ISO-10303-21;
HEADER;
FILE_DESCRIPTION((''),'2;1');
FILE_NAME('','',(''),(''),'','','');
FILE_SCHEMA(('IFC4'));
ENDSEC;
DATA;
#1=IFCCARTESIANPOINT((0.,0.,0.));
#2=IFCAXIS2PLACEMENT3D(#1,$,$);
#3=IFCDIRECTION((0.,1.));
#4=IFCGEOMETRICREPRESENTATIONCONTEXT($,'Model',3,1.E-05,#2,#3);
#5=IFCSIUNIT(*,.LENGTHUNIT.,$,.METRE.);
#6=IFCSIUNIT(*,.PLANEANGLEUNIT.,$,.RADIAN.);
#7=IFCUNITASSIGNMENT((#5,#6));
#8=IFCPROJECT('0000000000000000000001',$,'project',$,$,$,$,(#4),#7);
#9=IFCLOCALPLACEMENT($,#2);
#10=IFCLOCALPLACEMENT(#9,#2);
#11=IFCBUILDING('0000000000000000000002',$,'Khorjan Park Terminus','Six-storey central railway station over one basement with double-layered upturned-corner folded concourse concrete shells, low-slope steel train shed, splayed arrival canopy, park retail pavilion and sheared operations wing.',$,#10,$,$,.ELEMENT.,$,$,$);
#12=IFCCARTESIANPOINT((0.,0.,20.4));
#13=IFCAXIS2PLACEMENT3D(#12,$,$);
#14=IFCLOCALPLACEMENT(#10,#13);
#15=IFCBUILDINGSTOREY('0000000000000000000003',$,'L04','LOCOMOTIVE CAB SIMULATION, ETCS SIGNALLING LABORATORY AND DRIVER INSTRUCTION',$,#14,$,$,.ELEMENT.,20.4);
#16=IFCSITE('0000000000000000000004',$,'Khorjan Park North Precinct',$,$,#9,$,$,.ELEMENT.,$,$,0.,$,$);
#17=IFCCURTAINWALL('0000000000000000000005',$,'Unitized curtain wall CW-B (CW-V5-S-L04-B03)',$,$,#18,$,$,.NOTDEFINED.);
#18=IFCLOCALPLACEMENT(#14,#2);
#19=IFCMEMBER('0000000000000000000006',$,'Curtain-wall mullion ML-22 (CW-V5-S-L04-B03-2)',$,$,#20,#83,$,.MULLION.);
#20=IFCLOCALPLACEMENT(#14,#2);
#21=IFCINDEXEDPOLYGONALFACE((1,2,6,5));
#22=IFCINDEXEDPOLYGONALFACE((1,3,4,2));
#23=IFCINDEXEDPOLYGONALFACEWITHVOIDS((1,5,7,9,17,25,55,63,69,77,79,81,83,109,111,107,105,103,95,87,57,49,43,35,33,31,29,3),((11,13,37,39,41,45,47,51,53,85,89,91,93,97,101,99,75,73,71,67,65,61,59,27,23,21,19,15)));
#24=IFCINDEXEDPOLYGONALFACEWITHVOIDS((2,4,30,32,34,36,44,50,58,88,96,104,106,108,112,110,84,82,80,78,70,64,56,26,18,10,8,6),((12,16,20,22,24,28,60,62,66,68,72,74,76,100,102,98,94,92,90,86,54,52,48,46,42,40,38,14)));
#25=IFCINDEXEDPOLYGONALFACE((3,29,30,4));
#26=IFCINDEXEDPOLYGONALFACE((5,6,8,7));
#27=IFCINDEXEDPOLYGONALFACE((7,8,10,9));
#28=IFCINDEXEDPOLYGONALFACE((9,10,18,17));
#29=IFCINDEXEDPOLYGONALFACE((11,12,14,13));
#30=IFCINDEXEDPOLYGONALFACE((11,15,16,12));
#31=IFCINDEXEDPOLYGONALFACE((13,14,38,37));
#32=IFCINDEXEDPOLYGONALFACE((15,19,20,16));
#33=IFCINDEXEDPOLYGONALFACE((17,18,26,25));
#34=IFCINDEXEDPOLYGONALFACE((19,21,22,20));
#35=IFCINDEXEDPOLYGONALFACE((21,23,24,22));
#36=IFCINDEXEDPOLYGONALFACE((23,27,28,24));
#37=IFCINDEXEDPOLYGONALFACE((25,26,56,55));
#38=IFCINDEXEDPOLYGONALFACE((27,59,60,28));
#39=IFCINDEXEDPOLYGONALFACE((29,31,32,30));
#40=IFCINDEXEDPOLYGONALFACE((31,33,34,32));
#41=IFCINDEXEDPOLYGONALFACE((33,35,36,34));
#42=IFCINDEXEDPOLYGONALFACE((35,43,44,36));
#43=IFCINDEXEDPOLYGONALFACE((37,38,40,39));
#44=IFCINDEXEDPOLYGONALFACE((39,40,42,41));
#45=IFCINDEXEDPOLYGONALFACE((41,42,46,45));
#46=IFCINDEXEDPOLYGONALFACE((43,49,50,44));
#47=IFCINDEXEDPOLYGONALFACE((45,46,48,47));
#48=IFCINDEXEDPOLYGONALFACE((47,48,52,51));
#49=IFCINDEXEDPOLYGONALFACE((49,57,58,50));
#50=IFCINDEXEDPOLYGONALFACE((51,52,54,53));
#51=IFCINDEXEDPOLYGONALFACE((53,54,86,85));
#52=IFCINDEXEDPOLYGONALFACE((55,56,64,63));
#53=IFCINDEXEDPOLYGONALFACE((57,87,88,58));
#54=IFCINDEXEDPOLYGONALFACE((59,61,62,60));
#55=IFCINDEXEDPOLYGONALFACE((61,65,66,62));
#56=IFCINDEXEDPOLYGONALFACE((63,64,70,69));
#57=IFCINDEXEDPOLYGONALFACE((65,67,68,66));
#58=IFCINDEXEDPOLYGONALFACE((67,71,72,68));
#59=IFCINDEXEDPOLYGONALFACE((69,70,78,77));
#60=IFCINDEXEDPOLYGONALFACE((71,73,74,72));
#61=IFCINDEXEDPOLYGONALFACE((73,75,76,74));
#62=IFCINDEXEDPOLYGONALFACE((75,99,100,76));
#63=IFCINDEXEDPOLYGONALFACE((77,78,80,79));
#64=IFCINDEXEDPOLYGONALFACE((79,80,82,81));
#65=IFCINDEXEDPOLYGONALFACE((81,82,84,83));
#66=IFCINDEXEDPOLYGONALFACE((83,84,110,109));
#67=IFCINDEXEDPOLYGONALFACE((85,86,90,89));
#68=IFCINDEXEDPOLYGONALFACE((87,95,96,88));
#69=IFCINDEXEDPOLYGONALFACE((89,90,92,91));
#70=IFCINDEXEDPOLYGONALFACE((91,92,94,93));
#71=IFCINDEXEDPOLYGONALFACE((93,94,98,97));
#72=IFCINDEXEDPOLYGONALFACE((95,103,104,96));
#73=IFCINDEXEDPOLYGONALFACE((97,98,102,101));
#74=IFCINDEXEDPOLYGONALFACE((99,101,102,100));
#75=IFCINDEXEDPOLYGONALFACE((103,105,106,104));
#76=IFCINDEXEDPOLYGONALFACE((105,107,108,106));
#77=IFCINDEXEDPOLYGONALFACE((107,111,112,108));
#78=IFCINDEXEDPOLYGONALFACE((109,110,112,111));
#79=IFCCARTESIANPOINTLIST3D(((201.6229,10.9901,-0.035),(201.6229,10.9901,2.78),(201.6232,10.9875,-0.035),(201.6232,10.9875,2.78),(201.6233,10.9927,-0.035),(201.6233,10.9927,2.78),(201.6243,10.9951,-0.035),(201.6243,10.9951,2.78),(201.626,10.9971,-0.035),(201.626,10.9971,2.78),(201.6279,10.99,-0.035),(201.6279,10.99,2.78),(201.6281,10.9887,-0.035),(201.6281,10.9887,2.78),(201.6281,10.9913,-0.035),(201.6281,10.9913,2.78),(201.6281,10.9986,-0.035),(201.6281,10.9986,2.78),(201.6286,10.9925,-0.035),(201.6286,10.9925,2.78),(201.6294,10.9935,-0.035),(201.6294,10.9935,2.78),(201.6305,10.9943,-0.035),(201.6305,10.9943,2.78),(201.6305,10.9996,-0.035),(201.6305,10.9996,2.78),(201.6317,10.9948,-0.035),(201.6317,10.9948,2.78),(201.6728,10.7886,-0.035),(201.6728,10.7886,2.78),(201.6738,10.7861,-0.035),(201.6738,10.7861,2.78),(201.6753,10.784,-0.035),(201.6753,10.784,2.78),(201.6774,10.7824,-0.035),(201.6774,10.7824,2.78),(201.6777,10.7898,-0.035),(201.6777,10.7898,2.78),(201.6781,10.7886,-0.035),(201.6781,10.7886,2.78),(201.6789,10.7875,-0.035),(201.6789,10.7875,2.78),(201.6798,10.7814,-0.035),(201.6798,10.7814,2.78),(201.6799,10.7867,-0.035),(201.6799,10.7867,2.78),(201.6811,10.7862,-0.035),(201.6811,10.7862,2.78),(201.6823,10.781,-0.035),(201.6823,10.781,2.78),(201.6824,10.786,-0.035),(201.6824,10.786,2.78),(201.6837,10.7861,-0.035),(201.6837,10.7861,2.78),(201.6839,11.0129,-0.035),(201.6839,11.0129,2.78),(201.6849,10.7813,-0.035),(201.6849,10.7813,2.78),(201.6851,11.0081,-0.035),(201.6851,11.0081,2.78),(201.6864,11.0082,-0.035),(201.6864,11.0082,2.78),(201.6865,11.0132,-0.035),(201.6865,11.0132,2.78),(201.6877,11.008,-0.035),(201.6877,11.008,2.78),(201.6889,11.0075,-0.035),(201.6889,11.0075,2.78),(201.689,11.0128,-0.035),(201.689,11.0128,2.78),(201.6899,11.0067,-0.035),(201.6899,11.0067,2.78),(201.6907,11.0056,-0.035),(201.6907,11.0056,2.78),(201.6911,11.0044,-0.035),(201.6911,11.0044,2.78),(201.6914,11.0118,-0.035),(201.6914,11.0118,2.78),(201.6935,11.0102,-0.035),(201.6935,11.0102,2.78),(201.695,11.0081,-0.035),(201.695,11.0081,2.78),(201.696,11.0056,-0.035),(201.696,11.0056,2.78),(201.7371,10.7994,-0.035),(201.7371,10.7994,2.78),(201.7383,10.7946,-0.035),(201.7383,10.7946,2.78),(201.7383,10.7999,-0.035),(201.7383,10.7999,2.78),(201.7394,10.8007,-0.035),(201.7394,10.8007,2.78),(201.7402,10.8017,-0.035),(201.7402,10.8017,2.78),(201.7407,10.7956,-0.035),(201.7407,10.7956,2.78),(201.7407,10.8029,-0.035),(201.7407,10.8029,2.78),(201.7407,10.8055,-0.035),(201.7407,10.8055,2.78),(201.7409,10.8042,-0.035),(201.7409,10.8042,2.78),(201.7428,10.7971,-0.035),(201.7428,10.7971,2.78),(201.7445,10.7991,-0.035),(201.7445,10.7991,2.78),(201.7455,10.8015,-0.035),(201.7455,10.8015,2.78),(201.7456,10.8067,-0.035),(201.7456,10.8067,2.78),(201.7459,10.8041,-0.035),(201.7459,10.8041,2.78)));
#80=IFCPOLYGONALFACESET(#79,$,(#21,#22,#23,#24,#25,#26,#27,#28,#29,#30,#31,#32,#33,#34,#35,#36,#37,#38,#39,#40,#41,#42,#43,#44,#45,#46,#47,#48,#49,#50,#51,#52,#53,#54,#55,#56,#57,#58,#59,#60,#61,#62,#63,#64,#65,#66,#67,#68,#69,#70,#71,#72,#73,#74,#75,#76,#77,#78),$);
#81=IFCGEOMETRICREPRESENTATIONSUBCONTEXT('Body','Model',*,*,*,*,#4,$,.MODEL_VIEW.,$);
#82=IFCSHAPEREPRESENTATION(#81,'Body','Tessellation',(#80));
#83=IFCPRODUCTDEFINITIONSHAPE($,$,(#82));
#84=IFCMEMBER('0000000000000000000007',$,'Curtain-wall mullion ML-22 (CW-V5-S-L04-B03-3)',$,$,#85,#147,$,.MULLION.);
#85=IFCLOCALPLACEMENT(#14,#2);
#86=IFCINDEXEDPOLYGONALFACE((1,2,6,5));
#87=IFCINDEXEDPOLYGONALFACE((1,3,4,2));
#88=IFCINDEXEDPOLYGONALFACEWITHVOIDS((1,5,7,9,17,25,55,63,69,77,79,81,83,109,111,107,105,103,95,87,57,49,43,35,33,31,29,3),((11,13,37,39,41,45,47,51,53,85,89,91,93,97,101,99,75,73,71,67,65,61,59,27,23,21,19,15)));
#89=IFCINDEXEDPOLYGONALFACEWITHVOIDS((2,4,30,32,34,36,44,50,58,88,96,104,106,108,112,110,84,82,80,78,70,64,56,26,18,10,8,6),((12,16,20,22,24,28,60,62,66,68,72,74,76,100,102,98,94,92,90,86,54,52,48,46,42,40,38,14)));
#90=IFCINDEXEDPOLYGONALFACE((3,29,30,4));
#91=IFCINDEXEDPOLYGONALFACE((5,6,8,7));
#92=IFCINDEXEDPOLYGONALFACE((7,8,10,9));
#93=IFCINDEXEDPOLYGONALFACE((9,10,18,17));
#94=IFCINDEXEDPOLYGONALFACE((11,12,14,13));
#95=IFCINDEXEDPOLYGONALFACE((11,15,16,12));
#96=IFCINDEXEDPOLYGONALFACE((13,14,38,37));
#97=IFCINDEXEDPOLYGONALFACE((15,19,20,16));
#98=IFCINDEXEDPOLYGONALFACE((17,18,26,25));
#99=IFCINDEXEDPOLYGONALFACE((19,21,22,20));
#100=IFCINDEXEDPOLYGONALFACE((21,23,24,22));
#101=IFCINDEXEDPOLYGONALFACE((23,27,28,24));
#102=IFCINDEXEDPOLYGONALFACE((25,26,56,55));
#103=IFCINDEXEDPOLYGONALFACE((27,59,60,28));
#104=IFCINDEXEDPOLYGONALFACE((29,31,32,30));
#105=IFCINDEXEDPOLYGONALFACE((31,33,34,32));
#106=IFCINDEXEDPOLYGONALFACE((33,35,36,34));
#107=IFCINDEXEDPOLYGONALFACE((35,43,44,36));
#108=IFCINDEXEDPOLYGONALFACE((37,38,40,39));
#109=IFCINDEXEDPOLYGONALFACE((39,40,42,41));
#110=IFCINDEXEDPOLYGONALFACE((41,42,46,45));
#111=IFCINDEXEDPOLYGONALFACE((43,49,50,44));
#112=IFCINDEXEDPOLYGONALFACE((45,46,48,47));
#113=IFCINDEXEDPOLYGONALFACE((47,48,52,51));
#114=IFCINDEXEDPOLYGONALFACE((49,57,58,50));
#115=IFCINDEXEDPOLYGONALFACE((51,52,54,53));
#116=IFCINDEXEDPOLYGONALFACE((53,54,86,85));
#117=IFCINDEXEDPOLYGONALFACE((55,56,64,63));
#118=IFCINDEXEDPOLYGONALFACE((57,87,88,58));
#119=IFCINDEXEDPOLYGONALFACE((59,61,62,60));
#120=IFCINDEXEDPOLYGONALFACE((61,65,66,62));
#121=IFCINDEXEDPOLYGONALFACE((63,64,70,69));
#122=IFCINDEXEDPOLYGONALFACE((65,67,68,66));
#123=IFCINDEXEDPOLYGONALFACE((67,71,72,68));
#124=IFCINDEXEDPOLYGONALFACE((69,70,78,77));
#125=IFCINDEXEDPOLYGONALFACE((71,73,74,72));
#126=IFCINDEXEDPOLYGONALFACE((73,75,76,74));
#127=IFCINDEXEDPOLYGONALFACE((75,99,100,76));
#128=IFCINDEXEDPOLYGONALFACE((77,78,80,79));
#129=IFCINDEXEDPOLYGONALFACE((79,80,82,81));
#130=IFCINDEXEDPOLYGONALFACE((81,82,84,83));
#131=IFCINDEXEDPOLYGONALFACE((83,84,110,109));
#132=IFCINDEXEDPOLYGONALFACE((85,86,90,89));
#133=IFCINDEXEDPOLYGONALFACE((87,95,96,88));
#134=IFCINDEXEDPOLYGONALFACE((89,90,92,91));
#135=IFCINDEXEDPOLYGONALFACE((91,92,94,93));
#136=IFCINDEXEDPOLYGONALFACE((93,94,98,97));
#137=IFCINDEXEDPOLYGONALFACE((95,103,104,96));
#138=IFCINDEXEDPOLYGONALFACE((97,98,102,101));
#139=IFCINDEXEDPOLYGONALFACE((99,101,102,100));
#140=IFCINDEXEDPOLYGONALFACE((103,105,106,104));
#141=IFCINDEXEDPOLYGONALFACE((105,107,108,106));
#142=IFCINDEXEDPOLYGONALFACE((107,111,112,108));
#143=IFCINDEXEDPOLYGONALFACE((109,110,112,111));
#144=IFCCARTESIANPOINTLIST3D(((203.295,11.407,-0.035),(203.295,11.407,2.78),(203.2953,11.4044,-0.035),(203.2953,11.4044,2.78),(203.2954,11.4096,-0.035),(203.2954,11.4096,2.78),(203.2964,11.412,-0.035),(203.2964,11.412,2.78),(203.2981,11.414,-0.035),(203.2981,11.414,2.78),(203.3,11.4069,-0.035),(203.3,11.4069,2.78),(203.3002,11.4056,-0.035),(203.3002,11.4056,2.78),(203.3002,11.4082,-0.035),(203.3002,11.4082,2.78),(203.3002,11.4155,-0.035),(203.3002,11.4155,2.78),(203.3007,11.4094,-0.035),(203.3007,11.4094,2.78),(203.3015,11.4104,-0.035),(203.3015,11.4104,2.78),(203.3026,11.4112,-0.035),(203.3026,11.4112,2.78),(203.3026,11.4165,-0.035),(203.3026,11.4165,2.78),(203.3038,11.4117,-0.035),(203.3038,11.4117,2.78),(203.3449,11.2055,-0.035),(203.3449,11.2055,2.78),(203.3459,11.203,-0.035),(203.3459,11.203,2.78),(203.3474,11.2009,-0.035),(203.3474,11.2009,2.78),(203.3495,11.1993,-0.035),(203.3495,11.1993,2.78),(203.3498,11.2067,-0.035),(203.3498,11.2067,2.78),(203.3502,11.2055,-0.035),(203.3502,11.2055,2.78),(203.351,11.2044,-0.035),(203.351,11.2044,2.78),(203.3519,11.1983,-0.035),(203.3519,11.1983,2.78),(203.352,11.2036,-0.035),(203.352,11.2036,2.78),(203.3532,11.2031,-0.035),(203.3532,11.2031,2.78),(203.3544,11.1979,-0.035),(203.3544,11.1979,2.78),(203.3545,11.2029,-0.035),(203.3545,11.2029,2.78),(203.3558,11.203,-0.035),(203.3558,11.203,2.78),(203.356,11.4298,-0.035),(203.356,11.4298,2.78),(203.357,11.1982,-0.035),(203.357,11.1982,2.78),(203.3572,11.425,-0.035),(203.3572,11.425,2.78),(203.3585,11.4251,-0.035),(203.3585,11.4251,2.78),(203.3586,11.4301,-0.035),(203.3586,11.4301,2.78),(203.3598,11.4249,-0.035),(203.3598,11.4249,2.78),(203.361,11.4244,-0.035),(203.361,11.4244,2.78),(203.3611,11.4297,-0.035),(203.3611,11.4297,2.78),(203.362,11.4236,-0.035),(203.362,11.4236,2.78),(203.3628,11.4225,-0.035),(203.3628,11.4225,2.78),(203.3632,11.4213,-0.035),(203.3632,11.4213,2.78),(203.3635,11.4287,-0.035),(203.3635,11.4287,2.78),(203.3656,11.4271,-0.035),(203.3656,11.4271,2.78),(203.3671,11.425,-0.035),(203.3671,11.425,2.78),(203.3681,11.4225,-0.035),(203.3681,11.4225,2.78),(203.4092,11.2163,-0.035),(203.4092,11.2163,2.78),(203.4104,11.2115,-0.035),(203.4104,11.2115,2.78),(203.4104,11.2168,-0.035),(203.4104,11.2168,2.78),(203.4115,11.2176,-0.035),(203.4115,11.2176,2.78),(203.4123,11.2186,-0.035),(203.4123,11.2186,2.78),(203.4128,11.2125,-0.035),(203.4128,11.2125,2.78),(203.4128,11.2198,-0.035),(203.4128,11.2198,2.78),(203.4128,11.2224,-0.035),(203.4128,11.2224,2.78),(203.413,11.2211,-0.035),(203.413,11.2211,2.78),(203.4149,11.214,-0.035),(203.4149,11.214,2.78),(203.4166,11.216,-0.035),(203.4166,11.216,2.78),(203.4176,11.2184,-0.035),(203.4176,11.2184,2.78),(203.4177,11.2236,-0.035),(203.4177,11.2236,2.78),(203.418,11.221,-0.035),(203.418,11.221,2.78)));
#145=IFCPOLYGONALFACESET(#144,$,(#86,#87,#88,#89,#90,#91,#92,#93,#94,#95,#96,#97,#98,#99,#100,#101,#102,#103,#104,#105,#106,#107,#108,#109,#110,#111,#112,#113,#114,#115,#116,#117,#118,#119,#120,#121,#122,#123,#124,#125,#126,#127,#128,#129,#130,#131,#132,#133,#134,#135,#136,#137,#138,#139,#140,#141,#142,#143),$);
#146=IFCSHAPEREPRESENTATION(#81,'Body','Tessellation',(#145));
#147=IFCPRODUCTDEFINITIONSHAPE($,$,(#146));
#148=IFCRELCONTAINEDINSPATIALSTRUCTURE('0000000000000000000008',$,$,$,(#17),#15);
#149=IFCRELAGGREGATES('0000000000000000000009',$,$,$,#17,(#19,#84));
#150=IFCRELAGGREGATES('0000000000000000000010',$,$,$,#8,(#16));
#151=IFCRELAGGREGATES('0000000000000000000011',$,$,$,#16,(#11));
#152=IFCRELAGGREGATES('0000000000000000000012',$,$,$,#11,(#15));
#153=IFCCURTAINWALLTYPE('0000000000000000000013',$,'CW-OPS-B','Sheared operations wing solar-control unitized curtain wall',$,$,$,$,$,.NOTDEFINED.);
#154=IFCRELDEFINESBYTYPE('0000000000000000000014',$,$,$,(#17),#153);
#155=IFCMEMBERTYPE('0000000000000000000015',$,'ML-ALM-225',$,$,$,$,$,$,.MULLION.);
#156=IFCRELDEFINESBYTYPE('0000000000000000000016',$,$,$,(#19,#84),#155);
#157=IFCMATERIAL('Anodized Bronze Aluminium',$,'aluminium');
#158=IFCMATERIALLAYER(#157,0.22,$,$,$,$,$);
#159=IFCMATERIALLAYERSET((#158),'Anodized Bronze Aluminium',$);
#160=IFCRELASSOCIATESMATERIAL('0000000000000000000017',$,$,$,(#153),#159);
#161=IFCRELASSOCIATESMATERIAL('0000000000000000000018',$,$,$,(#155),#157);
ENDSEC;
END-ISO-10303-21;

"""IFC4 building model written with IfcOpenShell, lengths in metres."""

from ifc_helpers import new_model, si_unit, direction, frame, origin, origin_2d, place, context, subcontext, project, spatial, hollow_rectangle, extrude, material, layer, layer_set, material_profile, profile_set, type_object, element, aggregate, save


model = new_model("IFC4")

# Units and contexts
model_context = context("Model", 3, precision=1e-05, world=origin(), true_north=direction((0.0, 1.0)))
body_context = subcontext(model_context, "Body", "Model", "MODEL_VIEW")
ifc_project = project(units=[si_unit("LENGTHUNIT", "METRE"), si_unit("PLANEANGLEUNIT", "RADIAN")], contexts=[model_context])

# Site, building, storey
site_placement = place(None, origin())
site = spatial("IfcSite", under=ifc_project, at=site_placement, Name="Khorjan Park North Precinct", CompositionType="ELEMENT", RefElevation=0.0)
building_placement = place(site_placement, origin())
building = spatial("IfcBuilding", under=site, at=building_placement, Name="Khorjan Park Terminus", Description="Six-storey central railway station over one basement with double-layered upturned-corner folded concourse concrete shells, low-slope steel train shed, splayed arrival canopy, park retail pavilion and sheared operations wing.", CompositionType="ELEMENT")
storey_placement = place(building_placement, frame((0.0, 0.0, 20.4)))
storey = spatial("IfcBuildingStorey", under=building, at=storey_placement, Name="L04", Description="LOCOMOTIVE CAB SIMULATION, ETCS SIGNALLING LABORATORY AND DRIVER INSTRUCTION", CompositionType="ELEMENT", Elevation=20.4)

# Curtain wall, members
ifc_material_1 = material(Name="Anodized Bronze Aluminium", Category="aluminium")
ifc_layer_1 = layer(ifc_material_1, 0.22)
ifc_layer_set_1 = layer_set([ifc_layer_1], Name="Anodized Bronze Aluminium")
curtain_wall_type = type_object("IfcCurtainWallType", Name="CW-OPS-B", Description="Sheared operations wing solar-control unitized curtain wall", PredefinedType="NOTDEFINED", material=ifc_layer_set_1)
curtain_wall_placement = place(storey_placement, origin())
curtain_wall = element("IfcCurtainWall", 1, at=curtain_wall_placement, inside=storey, type_object=curtain_wall_type, Name="Unitized curtain wall CW-B (CW-V5-S-L04-B03)", PredefinedType="NOTDEFINED")
ifc_material_profile_1 = material_profile(ifc_material_1, hollow_rectangle(XDim=0.075, YDim=0.225, WallThickness=0.005, InnerFilletRadius=0.005, OuterFilletRadius=0.01, at=origin_2d()), Name="ALM 75x225x5")
ifc_profile_set_1 = profile_set([ifc_material_profile_1], Name="Anodized Bronze Aluminium")
member_type_1 = type_object("IfcMemberType", Name="ML-ALM-225", PredefinedType="MULLION", material=ifc_profile_set_1)
member_1_placement = place(storey_placement, frame((201.6844, 10.8971, -0.035), z_axis=(0.0, 0.0, 1.0), x_axis=(0.970295, 0.241926, 0.0)))
member_1 = element("IfcMember", 2, at=member_1_placement, type_object=member_type_1, Name="Curtain-wall mullion ML-22 (CW-V5-S-L04-B03-2)", PredefinedType="MULLION", context=body_context, shape_type="SweptSolid", body=[
    extrude(hollow_rectangle(XDim=0.075, YDim=0.225, WallThickness=0.005, InnerFilletRadius=0.005, OuterFilletRadius=0.01, at=origin_2d()), origin(), (0.0, 0.0, 1.0), 2.815),
])
member_2_placement = place(storey_placement, frame((203.3565, 11.314, -0.035), z_axis=(0.0, 0.0, 1.0), x_axis=(0.970295, 0.241926, 0.0)))
member_2 = element("IfcMember", 3, at=member_2_placement, type_object=member_type_1, Name="Curtain-wall mullion ML-22 (CW-V5-S-L04-B03-3)", PredefinedType="MULLION", context=body_context, shape_type="SweptSolid", body=[
    extrude(hollow_rectangle(XDim=0.075, YDim=0.225, WallThickness=0.005, InnerFilletRadius=0.005, OuterFilletRadius=0.01, at=origin_2d()), origin(), (0.0, 0.0, 1.0), 2.815),
])
aggregate(curtain_wall, [member_1, member_2])

save(model, "model.ifc")
